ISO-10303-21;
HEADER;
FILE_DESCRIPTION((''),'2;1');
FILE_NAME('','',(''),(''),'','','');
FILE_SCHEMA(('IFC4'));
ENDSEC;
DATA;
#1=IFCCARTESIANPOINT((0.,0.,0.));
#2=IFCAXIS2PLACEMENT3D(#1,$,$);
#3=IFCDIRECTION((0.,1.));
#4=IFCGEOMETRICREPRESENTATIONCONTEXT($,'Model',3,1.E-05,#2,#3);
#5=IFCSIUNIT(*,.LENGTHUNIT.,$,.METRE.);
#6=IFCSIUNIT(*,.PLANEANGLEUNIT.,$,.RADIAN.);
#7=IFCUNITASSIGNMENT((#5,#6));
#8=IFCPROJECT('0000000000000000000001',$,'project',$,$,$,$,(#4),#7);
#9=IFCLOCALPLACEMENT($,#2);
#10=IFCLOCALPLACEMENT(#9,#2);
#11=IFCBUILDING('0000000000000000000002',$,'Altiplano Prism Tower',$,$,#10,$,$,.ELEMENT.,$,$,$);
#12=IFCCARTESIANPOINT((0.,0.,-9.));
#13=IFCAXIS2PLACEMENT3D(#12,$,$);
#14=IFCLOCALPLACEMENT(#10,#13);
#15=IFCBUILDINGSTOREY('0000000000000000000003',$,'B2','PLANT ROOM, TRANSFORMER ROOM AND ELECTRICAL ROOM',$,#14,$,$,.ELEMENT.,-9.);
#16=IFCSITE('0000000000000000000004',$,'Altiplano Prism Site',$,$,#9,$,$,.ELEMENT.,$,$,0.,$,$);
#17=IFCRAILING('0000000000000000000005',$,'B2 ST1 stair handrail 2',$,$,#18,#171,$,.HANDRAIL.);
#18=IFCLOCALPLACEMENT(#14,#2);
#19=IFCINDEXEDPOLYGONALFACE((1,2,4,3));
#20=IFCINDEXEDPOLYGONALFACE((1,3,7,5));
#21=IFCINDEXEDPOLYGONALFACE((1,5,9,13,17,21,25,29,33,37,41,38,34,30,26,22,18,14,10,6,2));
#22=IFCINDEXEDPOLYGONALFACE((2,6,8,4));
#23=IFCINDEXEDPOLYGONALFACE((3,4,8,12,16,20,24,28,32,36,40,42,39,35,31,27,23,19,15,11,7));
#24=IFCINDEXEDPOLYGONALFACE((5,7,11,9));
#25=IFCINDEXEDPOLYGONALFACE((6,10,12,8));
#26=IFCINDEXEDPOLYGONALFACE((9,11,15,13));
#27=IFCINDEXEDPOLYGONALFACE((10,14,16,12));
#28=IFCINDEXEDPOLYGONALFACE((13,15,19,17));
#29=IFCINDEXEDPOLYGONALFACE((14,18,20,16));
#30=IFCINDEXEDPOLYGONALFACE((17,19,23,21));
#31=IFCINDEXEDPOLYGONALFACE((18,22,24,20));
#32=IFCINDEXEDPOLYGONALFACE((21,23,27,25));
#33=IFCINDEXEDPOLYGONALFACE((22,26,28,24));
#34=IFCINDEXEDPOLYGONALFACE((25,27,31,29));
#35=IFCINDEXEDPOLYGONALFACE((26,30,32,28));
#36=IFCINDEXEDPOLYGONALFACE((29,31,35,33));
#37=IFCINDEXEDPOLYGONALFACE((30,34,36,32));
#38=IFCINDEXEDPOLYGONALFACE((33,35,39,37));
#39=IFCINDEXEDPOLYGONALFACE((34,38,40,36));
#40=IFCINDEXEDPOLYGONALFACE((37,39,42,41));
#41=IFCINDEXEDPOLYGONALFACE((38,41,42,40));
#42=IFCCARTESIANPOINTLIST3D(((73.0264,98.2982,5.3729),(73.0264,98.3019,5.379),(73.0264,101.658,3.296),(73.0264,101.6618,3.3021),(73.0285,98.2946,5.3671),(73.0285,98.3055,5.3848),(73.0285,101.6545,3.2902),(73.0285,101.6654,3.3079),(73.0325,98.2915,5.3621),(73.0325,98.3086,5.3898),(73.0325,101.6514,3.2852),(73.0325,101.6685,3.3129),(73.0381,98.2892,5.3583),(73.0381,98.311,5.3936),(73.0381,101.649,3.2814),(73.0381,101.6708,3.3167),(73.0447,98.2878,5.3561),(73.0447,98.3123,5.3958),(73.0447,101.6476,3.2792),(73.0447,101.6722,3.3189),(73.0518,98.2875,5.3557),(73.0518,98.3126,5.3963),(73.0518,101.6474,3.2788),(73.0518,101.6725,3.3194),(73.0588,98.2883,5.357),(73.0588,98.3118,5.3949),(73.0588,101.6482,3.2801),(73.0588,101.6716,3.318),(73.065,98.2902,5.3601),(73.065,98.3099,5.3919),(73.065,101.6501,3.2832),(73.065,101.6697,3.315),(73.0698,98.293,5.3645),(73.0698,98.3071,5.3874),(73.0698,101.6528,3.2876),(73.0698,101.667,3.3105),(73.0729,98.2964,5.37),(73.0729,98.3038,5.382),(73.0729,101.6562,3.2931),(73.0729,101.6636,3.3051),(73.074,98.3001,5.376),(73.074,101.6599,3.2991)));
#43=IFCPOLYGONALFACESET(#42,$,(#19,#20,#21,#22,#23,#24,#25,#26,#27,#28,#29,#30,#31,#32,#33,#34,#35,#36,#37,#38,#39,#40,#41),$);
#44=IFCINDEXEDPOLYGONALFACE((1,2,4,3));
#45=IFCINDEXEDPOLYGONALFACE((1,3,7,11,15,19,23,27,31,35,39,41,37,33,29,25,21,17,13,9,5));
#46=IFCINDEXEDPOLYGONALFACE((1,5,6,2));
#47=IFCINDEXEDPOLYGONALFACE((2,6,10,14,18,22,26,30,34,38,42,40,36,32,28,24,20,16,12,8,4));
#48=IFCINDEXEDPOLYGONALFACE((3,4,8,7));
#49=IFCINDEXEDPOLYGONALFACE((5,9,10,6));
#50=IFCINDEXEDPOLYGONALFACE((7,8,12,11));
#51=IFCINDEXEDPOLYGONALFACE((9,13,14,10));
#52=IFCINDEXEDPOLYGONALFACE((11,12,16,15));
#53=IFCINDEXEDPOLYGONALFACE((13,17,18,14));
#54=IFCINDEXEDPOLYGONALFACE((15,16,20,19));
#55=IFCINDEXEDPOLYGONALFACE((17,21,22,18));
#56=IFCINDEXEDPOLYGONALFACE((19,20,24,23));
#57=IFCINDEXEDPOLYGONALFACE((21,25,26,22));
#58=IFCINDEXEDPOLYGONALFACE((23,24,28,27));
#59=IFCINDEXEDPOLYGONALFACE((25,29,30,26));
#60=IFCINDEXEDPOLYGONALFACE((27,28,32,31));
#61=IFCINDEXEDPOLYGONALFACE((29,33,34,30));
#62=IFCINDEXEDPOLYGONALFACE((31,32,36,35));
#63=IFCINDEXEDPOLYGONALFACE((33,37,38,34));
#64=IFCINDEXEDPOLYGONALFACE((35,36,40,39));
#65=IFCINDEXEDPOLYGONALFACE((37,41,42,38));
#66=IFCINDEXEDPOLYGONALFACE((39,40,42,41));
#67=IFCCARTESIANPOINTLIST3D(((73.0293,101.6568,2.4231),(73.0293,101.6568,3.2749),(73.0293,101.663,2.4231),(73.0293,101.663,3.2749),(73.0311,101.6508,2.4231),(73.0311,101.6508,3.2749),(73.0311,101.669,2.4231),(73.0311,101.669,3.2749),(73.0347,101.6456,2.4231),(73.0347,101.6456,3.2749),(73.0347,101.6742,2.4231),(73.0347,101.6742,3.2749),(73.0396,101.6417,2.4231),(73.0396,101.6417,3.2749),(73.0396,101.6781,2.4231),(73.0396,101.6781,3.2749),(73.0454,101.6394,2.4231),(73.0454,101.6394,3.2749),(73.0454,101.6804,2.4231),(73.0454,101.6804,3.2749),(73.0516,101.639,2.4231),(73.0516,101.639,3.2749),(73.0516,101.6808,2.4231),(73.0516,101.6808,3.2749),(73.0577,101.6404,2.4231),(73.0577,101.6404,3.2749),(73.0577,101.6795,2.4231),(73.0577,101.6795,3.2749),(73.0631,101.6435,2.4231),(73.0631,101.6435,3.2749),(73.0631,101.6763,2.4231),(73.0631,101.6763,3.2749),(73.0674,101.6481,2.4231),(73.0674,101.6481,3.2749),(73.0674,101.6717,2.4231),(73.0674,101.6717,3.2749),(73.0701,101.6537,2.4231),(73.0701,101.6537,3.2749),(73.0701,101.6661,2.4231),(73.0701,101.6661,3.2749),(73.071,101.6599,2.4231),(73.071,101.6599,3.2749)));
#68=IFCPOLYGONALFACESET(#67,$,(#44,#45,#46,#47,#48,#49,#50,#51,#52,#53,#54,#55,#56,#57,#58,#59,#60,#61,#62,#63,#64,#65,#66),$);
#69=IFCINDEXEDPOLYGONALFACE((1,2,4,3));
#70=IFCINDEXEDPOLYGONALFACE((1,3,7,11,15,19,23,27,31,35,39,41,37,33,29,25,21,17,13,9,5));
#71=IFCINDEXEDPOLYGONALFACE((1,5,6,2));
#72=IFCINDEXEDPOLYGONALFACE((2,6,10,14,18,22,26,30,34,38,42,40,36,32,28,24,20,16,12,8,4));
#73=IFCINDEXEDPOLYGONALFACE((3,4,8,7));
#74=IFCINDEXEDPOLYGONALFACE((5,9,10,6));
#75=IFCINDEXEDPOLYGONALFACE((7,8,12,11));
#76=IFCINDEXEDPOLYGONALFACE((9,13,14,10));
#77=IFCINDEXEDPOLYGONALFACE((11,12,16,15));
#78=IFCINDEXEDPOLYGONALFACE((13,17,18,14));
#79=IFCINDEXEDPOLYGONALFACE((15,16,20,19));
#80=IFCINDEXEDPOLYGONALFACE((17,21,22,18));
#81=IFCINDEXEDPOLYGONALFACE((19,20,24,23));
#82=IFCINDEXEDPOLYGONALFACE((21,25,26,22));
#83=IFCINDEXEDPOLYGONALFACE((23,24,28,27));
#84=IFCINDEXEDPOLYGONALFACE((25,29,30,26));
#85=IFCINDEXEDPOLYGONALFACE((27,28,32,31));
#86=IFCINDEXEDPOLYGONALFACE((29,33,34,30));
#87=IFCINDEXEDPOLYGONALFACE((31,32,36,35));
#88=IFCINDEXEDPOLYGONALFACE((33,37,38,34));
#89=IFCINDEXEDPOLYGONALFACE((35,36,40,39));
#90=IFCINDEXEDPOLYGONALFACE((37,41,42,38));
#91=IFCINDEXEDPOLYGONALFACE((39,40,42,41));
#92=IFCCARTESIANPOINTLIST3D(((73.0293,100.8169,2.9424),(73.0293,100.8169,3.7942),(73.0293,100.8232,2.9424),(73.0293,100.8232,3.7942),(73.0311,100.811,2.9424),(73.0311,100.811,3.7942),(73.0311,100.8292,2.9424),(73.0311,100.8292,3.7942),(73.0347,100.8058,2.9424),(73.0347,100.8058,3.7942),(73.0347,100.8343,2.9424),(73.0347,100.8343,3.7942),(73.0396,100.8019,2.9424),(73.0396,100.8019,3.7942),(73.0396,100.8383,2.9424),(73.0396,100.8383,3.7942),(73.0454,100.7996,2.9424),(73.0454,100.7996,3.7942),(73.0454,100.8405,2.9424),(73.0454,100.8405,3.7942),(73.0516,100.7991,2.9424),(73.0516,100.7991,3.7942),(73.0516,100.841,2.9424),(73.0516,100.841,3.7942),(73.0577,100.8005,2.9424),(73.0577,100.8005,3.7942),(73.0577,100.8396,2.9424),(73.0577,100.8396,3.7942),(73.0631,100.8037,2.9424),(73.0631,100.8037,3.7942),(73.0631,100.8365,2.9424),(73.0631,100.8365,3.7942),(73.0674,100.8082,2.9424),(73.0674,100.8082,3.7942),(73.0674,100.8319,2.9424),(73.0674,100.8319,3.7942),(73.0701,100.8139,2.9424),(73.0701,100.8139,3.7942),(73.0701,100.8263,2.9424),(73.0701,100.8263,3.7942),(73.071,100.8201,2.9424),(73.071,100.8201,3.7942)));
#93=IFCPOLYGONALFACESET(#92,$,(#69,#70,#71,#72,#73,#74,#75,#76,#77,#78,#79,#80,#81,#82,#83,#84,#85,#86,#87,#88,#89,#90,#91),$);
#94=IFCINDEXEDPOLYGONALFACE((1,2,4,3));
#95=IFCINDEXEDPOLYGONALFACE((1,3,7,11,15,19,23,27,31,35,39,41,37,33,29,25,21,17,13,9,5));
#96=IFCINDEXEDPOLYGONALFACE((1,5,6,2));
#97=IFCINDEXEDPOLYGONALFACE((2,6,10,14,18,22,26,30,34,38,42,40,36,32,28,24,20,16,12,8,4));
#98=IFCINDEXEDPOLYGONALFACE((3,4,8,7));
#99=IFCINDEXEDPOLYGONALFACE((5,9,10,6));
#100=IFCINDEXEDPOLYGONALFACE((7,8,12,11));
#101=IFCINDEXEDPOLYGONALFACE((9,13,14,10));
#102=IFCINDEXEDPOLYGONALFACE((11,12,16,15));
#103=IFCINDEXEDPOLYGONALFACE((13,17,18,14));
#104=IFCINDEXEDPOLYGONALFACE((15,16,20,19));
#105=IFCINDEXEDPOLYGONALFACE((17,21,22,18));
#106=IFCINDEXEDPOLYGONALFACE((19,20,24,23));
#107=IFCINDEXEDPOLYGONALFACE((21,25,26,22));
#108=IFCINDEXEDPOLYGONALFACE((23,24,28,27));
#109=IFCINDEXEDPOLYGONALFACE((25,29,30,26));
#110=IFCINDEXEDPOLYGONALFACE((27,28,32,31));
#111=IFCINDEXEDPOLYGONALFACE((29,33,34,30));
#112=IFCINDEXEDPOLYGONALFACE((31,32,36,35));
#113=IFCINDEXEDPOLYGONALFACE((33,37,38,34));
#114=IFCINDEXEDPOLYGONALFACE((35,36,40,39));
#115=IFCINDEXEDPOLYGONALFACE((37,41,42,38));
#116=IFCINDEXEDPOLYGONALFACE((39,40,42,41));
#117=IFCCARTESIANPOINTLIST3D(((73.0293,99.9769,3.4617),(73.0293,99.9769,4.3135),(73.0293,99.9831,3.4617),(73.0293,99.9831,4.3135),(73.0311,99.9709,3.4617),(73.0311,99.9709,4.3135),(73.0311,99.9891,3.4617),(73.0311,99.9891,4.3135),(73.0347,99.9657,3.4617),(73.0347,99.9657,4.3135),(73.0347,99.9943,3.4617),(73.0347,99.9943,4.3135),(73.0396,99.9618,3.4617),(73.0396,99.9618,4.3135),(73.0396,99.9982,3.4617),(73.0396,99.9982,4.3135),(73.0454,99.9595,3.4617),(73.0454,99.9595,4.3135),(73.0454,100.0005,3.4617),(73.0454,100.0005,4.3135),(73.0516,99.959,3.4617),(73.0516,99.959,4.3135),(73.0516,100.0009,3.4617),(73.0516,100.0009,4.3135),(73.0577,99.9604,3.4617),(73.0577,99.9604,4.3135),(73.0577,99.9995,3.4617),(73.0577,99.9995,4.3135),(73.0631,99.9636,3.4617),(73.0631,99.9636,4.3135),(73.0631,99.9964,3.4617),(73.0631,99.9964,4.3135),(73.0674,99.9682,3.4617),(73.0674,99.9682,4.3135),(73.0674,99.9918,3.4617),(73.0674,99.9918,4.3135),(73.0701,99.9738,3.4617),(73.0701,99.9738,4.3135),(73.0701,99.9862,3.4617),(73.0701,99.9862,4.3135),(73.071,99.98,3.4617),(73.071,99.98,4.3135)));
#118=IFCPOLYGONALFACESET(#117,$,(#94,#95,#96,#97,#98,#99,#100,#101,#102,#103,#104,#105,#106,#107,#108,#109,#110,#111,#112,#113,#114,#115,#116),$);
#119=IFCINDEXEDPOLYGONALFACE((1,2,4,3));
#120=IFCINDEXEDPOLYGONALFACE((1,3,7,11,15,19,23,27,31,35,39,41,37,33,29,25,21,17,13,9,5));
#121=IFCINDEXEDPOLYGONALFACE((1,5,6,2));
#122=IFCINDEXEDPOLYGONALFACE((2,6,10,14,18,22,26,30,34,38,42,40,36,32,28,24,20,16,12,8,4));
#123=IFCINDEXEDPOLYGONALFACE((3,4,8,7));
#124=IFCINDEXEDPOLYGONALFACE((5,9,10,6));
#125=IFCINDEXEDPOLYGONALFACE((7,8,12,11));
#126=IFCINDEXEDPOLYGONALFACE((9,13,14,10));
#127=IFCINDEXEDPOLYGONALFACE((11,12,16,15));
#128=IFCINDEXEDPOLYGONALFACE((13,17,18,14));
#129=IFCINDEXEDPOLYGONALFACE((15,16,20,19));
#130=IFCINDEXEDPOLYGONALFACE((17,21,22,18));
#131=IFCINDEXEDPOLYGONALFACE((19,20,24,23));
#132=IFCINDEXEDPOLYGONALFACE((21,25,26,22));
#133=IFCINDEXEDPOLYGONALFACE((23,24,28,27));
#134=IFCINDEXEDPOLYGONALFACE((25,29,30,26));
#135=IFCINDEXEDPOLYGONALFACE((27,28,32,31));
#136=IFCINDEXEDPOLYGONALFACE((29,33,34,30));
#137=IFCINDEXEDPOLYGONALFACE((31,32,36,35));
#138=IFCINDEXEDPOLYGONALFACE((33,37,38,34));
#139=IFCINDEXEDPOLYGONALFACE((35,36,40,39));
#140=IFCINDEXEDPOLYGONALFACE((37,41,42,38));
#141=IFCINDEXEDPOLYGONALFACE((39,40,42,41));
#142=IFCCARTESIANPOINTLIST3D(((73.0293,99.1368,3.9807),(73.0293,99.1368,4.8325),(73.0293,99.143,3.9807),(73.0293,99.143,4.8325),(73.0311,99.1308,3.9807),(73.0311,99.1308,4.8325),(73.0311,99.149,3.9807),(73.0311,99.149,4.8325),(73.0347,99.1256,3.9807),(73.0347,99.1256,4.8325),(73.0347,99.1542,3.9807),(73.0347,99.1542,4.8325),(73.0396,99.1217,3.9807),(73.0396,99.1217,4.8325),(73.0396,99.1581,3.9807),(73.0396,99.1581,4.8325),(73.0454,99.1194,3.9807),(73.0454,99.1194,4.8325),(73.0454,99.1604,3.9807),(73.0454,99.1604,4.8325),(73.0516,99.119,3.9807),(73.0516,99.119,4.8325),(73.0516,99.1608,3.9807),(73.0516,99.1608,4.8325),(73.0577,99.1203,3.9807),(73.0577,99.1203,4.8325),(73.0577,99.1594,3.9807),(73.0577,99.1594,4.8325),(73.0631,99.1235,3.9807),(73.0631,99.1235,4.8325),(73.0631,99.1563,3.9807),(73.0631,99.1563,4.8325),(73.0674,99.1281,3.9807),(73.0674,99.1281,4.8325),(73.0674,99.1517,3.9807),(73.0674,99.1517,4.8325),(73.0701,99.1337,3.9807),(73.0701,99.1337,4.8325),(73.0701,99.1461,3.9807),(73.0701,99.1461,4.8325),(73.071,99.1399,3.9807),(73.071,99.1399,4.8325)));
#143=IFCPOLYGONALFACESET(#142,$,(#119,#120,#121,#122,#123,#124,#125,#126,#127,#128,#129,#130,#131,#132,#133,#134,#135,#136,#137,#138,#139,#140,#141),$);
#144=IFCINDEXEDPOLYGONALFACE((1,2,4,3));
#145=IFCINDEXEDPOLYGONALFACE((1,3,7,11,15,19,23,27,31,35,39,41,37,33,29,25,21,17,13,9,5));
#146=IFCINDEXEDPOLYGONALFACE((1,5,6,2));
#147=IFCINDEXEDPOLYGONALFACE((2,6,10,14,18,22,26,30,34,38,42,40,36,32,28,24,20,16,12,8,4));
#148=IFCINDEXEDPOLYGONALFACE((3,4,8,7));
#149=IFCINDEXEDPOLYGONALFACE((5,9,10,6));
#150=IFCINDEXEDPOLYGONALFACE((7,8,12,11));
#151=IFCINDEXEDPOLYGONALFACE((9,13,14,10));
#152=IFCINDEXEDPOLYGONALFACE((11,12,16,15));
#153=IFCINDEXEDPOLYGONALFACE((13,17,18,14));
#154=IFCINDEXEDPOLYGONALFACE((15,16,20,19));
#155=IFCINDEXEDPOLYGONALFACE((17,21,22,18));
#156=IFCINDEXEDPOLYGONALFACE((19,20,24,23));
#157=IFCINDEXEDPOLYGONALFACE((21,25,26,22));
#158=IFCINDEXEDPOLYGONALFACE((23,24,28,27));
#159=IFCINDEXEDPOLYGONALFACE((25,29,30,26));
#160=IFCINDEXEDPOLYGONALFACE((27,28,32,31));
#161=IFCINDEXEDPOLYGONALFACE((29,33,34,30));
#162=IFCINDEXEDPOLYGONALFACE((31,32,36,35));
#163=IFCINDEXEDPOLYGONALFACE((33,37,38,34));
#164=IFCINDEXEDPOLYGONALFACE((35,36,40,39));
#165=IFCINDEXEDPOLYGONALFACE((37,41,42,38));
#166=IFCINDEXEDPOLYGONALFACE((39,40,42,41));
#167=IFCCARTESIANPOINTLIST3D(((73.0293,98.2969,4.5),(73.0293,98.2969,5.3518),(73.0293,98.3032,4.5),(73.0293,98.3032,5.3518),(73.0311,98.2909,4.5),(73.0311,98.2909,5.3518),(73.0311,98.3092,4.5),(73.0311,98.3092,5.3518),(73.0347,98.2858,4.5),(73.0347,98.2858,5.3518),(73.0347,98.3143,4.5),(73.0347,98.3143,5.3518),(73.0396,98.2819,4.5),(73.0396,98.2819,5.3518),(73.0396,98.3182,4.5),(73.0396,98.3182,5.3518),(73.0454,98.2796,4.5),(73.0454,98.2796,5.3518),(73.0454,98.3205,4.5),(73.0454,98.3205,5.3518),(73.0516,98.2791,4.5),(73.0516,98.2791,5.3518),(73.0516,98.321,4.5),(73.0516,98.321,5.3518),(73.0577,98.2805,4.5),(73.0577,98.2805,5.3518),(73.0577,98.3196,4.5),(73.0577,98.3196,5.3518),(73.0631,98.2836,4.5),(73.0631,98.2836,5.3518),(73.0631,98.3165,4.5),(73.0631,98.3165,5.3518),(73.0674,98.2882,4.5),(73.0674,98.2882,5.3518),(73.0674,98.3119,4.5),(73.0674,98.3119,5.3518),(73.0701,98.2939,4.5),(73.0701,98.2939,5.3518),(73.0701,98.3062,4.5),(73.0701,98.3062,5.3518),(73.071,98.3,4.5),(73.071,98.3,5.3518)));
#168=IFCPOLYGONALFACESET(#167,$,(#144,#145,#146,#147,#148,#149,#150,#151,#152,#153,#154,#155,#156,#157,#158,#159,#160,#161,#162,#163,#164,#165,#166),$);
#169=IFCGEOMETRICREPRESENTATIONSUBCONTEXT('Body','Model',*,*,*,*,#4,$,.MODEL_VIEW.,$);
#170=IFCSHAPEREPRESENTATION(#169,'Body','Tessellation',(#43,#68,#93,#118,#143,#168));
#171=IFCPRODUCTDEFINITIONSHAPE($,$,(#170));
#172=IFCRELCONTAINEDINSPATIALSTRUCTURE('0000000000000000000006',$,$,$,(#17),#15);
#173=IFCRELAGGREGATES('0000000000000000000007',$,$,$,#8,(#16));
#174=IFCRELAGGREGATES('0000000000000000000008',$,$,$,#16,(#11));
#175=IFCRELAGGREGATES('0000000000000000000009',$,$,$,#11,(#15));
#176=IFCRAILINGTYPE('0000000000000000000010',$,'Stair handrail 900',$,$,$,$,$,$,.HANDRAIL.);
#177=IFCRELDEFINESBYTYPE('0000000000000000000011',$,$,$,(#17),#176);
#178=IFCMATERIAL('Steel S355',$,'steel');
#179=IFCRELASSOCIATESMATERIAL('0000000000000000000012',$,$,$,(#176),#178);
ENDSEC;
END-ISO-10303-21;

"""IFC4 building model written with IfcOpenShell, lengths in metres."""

from ifc_helpers import new_model, si_unit, direction, frame, origin, origin_2d, place, context, subcontext, project, spatial, circle, extrude, material, type_object, element, save


model = new_model("IFC4")

# Units and contexts
model_context = context("Model", 3, precision=1e-05, world=origin(), true_north=direction((0.0, 1.0)))
body_context = subcontext(model_context, "Body", "Model", "MODEL_VIEW")
ifc_project = project(units=[si_unit("LENGTHUNIT", "METRE"), si_unit("PLANEANGLEUNIT", "RADIAN")], contexts=[model_context])

# Site, building, storey
site_placement = place(None, origin())
site = spatial("IfcSite", under=ifc_project, at=site_placement, Name="Altiplano Prism Site", CompositionType="ELEMENT", RefElevation=0.0)
building_placement = place(site_placement, origin())
building = spatial("IfcBuilding", under=site, at=building_placement, Name="Altiplano Prism Tower", CompositionType="ELEMENT")
storey_placement = place(building_placement, frame((0.0, 0.0, -9.0)))
storey = spatial("IfcBuildingStorey", under=building, at=storey_placement, Name="B2", Description="PLANT ROOM, TRANSFORMER ROOM AND ELECTRICAL ROOM", CompositionType="ELEMENT", Elevation=-9.0)

# Railing
ifc_material_1 = material(Name="Steel S355", Category="steel")
railing_type_1 = type_object("IfcRailingType", Name="Stair handrail 900", PredefinedType="HANDRAIL", material=ifc_material_1)
railing_1_placement = place(storey_placement, frame((73.05, 101.6599, 2.4231)))
element("IfcRailing", 1, at=railing_1_placement, inside=storey, type_object=railing_type_1, Name="B2 ST1 stair handrail 2", PredefinedType="HANDRAIL", context=body_context, shape_type="SweptSolid", body=[
    extrude(circle(Radius=0.0239, at=origin_2d()), frame((0.0, 0.0, 0.876), z_axis=(0.0, -0.850606, 0.525803), x_axis=(1.0, 0.0, 0.0)), (0.0, 0.0, 1.0), 3.95),
    extrude(circle(Radius=0.021, at=origin_2d()), origin(), (0.0, 0.0, 1.0), 0.8518),
    extrude(circle(Radius=0.021, at=origin_2d()), frame((0.0, -0.8398, 0.5193)), (0.0, 0.0, 1.0), 0.8518),
    extrude(circle(Radius=0.021, at=origin_2d()), frame((0.0, -1.6799, 1.0386)), (0.0, 0.0, 1.0), 0.8518),
    extrude(circle(Radius=0.021, at=origin_2d()), frame((0.0, -2.52, 1.5576)), (0.0, 0.0, 1.0), 0.8518),
    extrude(circle(Radius=0.021, at=origin_2d()), frame((0.0, -3.3599, 2.0769)), (0.0, 0.0, 1.0), 0.8518),
])

save(model, "model.ifc")
